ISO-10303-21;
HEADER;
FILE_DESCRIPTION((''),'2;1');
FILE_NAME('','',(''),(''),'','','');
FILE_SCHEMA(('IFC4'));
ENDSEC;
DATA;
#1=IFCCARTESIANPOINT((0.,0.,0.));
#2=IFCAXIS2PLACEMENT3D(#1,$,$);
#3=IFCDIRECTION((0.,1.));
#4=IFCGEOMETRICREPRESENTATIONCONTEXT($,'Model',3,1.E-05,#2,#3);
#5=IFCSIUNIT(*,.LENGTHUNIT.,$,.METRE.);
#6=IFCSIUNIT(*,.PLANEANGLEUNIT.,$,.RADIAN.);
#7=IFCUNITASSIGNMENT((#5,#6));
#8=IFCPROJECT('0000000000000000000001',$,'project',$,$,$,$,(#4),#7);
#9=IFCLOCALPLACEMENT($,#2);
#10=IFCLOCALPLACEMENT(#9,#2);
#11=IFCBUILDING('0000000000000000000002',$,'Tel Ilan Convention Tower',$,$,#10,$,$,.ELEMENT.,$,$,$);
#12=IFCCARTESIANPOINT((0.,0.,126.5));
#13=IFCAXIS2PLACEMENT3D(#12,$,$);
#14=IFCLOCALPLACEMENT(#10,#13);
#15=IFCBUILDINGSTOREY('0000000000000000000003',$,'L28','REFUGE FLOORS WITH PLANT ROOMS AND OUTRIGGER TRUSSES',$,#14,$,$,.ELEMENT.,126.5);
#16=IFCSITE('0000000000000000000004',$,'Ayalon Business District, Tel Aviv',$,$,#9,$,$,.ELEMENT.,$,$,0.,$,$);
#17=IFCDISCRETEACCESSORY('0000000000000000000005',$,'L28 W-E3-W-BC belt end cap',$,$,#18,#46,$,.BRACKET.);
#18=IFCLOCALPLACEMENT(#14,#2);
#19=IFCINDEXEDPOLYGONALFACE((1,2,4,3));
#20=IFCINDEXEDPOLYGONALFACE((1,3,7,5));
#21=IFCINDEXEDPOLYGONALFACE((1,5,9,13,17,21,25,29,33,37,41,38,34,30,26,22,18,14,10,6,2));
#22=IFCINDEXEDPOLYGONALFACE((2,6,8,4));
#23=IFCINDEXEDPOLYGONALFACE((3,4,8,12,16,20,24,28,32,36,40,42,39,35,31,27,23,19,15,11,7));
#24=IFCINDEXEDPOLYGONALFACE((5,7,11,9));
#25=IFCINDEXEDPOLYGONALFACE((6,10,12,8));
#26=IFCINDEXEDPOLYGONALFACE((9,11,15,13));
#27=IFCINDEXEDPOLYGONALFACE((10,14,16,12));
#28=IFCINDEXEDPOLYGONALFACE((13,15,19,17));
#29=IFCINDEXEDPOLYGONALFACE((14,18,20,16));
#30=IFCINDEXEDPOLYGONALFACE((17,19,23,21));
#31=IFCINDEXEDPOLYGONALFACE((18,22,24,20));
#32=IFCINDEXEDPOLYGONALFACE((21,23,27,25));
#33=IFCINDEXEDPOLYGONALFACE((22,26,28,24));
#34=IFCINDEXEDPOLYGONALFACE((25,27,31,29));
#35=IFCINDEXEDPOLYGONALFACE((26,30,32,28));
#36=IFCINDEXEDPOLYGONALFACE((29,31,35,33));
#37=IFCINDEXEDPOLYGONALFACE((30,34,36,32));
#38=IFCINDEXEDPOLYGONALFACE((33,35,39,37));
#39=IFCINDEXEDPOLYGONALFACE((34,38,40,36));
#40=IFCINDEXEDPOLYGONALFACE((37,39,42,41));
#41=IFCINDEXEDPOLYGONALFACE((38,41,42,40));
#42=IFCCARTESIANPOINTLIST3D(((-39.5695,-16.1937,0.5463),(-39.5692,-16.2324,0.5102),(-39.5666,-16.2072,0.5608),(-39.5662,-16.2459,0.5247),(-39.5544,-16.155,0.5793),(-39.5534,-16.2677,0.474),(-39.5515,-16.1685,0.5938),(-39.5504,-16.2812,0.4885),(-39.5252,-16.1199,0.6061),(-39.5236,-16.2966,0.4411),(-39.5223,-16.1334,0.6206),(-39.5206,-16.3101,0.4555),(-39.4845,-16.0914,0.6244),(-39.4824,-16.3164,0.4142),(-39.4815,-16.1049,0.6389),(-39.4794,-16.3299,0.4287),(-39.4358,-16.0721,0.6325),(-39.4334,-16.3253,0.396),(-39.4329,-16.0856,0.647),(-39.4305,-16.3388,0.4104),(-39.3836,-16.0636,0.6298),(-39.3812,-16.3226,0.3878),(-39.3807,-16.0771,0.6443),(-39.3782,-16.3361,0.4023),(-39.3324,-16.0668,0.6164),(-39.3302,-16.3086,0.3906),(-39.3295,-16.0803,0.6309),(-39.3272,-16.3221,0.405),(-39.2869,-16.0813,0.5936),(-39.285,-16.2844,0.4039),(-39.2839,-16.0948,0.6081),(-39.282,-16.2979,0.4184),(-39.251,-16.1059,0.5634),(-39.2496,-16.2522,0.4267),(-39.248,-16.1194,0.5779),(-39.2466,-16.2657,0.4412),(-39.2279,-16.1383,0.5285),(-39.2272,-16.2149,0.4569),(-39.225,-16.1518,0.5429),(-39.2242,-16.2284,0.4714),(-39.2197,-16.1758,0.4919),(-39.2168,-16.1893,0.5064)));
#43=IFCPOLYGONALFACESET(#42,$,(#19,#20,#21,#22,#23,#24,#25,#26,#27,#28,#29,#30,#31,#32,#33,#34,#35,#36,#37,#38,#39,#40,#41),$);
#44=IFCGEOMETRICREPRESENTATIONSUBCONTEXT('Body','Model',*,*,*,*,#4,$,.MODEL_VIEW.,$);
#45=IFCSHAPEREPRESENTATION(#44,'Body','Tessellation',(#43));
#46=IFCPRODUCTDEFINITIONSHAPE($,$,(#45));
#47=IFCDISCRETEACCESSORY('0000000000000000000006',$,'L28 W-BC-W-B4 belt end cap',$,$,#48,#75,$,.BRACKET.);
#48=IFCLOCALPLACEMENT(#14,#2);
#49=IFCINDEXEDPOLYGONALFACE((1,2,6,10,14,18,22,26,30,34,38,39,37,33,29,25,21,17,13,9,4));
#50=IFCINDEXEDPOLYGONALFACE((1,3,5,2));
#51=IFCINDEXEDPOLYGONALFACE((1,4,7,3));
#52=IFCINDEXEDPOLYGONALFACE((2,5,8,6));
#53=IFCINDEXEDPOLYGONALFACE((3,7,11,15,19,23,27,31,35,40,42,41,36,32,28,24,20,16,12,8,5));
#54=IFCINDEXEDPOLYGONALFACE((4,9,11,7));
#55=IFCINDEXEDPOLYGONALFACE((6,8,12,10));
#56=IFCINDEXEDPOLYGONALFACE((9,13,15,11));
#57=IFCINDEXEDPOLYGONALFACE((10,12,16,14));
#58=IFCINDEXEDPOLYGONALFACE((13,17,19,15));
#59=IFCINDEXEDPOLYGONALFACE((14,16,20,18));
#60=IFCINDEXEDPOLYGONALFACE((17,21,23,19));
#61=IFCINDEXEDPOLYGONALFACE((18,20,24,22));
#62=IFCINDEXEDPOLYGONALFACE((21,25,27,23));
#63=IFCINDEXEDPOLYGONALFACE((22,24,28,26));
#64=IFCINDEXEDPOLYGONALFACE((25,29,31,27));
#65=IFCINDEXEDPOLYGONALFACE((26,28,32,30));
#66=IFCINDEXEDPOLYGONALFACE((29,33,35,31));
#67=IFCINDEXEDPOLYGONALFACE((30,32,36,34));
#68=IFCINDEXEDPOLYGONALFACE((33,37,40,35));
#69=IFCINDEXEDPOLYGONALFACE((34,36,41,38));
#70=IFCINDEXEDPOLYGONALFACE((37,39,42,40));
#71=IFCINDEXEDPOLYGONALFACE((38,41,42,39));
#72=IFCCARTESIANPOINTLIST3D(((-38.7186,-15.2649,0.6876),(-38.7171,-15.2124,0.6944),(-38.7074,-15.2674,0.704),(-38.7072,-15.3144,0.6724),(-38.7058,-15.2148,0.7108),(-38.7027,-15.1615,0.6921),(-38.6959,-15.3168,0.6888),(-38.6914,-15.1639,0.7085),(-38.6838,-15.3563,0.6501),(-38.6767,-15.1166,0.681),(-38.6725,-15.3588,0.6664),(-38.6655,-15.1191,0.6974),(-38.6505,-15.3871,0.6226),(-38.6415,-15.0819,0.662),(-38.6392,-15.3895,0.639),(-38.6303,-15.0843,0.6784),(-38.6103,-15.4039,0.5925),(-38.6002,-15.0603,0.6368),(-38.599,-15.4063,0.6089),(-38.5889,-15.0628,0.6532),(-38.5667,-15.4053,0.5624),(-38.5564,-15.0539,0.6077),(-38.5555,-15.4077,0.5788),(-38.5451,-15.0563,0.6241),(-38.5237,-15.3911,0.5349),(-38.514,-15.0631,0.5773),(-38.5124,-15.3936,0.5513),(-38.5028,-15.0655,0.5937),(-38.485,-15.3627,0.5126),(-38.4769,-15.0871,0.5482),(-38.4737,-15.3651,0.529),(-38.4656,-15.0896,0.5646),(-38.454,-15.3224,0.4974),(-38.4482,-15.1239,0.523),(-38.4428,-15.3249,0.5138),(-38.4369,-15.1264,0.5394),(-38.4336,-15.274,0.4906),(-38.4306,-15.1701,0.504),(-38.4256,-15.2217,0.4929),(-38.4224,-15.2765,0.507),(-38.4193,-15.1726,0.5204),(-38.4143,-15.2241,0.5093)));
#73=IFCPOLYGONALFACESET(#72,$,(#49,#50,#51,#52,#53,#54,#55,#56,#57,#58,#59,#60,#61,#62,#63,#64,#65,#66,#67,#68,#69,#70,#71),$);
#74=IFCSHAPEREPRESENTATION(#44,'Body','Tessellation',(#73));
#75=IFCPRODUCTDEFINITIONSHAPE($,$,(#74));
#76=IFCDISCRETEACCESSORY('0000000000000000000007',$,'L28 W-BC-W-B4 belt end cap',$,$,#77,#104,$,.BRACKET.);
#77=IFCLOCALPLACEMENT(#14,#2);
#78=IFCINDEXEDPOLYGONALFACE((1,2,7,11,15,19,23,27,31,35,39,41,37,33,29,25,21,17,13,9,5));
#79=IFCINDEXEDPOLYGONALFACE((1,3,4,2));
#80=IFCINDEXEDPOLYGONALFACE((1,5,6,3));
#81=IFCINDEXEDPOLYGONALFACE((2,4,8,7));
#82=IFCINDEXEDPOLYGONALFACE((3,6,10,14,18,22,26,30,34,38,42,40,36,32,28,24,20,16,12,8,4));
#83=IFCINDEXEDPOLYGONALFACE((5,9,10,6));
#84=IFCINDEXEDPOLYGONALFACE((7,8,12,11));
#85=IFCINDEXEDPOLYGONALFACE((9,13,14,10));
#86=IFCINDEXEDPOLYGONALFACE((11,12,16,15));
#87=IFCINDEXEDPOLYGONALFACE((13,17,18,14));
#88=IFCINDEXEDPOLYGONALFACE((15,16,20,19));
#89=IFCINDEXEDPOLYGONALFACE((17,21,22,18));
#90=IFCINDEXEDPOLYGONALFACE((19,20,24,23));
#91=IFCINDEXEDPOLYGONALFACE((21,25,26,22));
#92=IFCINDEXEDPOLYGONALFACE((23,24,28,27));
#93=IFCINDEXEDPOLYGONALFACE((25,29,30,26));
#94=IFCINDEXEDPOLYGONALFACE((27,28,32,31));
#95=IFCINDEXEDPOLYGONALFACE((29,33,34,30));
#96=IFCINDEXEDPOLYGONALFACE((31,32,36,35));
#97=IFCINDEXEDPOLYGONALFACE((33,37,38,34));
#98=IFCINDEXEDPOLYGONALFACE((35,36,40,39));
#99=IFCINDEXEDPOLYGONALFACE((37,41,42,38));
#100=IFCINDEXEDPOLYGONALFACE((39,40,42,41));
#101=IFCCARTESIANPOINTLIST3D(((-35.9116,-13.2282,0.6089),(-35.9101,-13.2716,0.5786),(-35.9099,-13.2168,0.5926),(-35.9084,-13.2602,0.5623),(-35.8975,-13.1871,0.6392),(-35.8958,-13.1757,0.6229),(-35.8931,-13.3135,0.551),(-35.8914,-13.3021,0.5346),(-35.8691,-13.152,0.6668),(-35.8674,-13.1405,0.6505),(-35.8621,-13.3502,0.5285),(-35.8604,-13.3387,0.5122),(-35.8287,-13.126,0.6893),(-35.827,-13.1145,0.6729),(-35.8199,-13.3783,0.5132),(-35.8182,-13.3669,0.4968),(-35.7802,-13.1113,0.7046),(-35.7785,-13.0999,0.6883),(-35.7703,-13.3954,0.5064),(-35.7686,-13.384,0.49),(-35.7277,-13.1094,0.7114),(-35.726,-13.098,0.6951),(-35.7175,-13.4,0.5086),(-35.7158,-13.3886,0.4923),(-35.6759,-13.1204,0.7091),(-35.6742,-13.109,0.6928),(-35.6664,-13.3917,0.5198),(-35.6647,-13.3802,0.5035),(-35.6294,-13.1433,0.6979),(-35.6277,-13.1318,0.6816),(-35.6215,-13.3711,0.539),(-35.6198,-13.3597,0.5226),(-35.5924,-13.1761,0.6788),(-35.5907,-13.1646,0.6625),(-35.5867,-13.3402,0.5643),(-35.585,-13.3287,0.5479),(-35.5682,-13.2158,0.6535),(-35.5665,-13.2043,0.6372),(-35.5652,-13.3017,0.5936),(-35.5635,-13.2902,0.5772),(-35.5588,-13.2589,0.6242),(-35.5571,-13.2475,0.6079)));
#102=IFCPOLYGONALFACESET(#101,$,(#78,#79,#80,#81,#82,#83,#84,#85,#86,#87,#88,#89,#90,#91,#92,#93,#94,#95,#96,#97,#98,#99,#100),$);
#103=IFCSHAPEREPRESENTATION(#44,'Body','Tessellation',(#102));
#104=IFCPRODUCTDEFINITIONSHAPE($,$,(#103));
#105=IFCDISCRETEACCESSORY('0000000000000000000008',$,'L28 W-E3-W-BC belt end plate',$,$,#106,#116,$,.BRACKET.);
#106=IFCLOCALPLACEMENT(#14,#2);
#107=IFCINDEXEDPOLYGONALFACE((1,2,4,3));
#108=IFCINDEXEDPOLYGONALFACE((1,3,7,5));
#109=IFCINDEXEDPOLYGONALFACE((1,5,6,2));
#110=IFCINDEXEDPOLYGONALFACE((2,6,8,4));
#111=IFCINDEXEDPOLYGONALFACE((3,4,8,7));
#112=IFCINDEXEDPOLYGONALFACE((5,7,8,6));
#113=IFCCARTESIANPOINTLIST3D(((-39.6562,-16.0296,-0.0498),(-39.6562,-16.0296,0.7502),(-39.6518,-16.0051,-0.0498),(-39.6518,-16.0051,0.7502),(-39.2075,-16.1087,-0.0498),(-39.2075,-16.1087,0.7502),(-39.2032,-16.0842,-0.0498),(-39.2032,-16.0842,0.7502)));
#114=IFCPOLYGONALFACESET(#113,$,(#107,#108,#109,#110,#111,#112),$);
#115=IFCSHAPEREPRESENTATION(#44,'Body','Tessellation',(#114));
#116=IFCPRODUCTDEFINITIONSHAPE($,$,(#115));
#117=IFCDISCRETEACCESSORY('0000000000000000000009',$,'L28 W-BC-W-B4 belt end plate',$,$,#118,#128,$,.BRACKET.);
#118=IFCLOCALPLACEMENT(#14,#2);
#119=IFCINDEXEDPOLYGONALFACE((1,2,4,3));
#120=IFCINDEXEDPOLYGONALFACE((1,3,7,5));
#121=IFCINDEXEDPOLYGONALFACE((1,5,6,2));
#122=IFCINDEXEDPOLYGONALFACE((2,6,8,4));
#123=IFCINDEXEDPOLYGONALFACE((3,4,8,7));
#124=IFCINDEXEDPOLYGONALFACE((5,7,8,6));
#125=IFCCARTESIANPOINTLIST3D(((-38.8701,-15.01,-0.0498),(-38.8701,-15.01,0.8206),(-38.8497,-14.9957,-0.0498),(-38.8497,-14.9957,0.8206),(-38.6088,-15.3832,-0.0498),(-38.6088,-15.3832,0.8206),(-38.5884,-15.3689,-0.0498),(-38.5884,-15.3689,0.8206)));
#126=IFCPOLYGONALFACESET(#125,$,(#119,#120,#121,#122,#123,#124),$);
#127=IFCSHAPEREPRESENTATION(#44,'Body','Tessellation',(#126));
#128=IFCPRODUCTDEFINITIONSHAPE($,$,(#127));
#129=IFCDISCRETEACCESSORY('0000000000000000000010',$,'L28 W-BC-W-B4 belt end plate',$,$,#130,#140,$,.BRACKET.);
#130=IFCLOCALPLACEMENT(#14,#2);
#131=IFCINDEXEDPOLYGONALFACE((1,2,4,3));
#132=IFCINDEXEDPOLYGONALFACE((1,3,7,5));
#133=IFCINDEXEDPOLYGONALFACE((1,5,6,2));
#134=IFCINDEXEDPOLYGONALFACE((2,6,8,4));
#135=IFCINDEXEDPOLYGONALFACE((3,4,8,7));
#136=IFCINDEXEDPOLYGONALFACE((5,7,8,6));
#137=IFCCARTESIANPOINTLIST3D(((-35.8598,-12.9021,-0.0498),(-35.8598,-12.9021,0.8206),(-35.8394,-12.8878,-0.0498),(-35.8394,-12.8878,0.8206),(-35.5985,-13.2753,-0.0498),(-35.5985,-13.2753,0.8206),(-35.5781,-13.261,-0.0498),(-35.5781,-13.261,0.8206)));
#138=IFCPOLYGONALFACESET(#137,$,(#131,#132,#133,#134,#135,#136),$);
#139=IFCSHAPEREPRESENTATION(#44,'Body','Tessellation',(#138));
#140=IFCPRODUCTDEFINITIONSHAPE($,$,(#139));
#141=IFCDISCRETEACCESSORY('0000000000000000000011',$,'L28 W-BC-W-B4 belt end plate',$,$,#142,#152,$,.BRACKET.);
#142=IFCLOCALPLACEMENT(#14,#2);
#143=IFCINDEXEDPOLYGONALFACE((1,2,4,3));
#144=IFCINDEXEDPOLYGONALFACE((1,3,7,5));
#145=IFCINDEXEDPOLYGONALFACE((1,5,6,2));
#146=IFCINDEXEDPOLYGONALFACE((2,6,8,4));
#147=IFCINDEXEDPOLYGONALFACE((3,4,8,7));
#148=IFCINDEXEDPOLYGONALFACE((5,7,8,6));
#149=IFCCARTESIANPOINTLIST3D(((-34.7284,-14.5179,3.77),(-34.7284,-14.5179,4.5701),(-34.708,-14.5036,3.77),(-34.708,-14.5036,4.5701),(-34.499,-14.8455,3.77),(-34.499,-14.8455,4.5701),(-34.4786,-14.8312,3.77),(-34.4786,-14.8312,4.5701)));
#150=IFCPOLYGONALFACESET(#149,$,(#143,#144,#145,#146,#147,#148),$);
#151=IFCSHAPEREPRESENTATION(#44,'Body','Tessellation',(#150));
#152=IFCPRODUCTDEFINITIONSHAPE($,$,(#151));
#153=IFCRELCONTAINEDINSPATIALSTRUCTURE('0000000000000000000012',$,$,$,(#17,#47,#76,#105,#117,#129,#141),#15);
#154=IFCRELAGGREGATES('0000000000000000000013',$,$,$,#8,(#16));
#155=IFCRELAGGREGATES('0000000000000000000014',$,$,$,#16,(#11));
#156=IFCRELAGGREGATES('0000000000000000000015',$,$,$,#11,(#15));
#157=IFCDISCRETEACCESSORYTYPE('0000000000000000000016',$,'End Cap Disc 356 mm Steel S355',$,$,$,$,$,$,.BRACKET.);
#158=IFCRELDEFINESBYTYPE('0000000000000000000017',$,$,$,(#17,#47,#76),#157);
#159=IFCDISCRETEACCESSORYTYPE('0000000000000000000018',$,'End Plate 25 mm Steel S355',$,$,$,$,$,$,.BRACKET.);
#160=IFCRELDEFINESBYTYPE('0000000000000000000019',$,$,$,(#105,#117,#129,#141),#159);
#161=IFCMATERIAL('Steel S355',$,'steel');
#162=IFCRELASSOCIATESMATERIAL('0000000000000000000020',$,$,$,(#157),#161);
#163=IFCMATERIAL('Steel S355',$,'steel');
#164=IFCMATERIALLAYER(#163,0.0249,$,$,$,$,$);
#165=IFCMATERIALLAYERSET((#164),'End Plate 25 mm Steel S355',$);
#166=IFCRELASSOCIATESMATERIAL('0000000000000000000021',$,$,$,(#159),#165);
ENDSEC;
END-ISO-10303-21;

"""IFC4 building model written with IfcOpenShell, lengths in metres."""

from ifc_helpers import new_model, si_unit, direction, frame, origin, origin_2d, place, context, subcontext, project, spatial, rectangle, circle, extrude, material, layer, layer_set, material_profile, profile_set, type_object, element, save


model = new_model("IFC4")

# Units and contexts
model_context = context("Model", 3, precision=1e-05, world=origin(), true_north=direction((0.0, 1.0)))
body_context = subcontext(model_context, "Body", "Model", "MODEL_VIEW")
ifc_project = project(units=[si_unit("LENGTHUNIT", "METRE"), si_unit("PLANEANGLEUNIT", "RADIAN")], contexts=[model_context])

# Site, building, storey
site_placement = place(None, origin())
site = spatial("IfcSite", under=ifc_project, at=site_placement, Name="Ayalon Business District, Tel Aviv", CompositionType="ELEMENT", RefElevation=0.0)
building_placement = place(site_placement, origin())
building = spatial("IfcBuilding", under=site, at=building_placement, Name="Tel Ilan Convention Tower", CompositionType="ELEMENT")
storey_placement = place(building_placement, frame((0.0, 0.0, 126.5)))
storey = spatial("IfcBuildingStorey", under=building, at=storey_placement, Name="L28", Description="REFUGE FLOORS WITH PLANT ROOMS AND OUTRIGGER TRUSSES", CompositionType="ELEMENT", Elevation=126.5)

# Discrete accessories
ifc_material_1 = material(Name="Steel S355", Category="steel")
ifc_material_profile_1 = material_profile(ifc_material_1, circle(Radius=0.1777, at=origin_2d()), Name="End Cap Disc 356 mm Steel S355")
ifc_profile_set_1 = profile_set([ifc_material_profile_1], Name="Steel S355")
discrete_accessory_type_1 = type_object("IfcDiscreteAccessoryType", Name="End Cap Disc 356 mm Steel S355", PredefinedType="BRACKET", material=ifc_profile_set_1)
for number, where, z_axis, x_axis, name in (
    (1, (-39.3926, -16.208, 0.5247), (-0.147153, 0.674453, -0.723504), (-0.977016, -0.213167, 0.0), "L28 W-E3-W-BC belt end cap"),
    (2, (-38.5613, -15.2327, 0.6089), (-0.56177, 0.122124, -0.81823), (-0.21243, -0.977176, 0.0), "L28 W-BC-W-B4 belt end cap"),
    (3, (-35.7358, -13.2544, 0.6089), (0.08522, 0.572193, -0.815679), (-0.98909, 0.147311, 0.0), "L28 W-BC-W-B4 belt end cap"),
):
    element("IfcDiscreteAccessory", number, at=place(storey_placement, frame(where, z_axis=z_axis, x_axis=x_axis)), inside=storey, type_object=discrete_accessory_type_1, Name=name, PredefinedType="BRACKET", context=body_context, shape_type="SweptSolid", body=[
        extrude(circle(Radius=0.1777, at=origin_2d()), origin(), (0.0, 0.0, 1.0), 0.02),
    ])
ifc_material_2 = material(Name="Steel S355", Category="steel")
ifc_layer_1 = layer(ifc_material_2, 0.0249)
ifc_layer_set_1 = layer_set([ifc_layer_1], Name="End Plate 25 mm Steel S355")
discrete_accessory_type_2 = type_object("IfcDiscreteAccessoryType", Name="End Plate 25 mm Steel S355", PredefinedType="BRACKET", material=ifc_layer_set_1)
discrete_accessory_1_placement = place(storey_placement, frame((-39.4297, -16.0569, -0.0498), z_axis=(0.0, 0.0, 1.0), x_axis=(0.173648, 0.984808, 0.0)))
element("IfcDiscreteAccessory", 4, at=discrete_accessory_1_placement, inside=storey, type_object=discrete_accessory_type_2, Name="L28 W-E3-W-BC belt end plate", PredefinedType="BRACKET", context=body_context, shape_type="SweptSolid", body=[
    extrude(rectangle(XDim=0.0249, YDim=0.4556, at=origin_2d()), origin(), (0.0, 0.0, 1.0), 0.8),
])
for number, where, z_axis, x_axis, name in (
    (5, (-38.7292, -15.1895, -0.0498), (0.0, 0.0, 1.0), (-0.819152, -0.573576, 0.0), "L28 W-BC-W-B4 belt end plate"),
    (6, (-35.719, -13.0815, -0.0498), (0.0, 0.0, 1.0), (0.819152, 0.573576, 0.0), "L28 W-BC-W-B4 belt end plate"),
):
    element("IfcDiscreteAccessory", number, at=place(storey_placement, frame(where, z_axis=z_axis, x_axis=x_axis)), inside=storey, type_object=discrete_accessory_type_2, Name=name, PredefinedType="BRACKET", context=body_context, shape_type="SweptSolid", body=[
        extrude(rectangle(XDim=0.0249, YDim=0.4556, at=origin_2d()), origin(), (0.0, 0.0, 1.0), 0.8704),
    ])
discrete_accessory_2_placement = place(storey_placement, frame((-34.6035, -14.6746, 3.77), z_axis=(0.0, 0.0, 1.0), x_axis=(0.819152, 0.573576, 0.0)))
element("IfcDiscreteAccessory", 7, at=discrete_accessory_2_placement, inside=storey, type_object=discrete_accessory_type_2, Name="L28 W-BC-W-B4 belt end plate", PredefinedType="BRACKET", context=body_context, shape_type="SweptSolid", body=[
    extrude(rectangle(XDim=0.0249, YDim=0.3999, at=origin_2d()), origin(), (0.0, 0.0, 1.0), 0.8),
])

save(model, "model.ifc")
